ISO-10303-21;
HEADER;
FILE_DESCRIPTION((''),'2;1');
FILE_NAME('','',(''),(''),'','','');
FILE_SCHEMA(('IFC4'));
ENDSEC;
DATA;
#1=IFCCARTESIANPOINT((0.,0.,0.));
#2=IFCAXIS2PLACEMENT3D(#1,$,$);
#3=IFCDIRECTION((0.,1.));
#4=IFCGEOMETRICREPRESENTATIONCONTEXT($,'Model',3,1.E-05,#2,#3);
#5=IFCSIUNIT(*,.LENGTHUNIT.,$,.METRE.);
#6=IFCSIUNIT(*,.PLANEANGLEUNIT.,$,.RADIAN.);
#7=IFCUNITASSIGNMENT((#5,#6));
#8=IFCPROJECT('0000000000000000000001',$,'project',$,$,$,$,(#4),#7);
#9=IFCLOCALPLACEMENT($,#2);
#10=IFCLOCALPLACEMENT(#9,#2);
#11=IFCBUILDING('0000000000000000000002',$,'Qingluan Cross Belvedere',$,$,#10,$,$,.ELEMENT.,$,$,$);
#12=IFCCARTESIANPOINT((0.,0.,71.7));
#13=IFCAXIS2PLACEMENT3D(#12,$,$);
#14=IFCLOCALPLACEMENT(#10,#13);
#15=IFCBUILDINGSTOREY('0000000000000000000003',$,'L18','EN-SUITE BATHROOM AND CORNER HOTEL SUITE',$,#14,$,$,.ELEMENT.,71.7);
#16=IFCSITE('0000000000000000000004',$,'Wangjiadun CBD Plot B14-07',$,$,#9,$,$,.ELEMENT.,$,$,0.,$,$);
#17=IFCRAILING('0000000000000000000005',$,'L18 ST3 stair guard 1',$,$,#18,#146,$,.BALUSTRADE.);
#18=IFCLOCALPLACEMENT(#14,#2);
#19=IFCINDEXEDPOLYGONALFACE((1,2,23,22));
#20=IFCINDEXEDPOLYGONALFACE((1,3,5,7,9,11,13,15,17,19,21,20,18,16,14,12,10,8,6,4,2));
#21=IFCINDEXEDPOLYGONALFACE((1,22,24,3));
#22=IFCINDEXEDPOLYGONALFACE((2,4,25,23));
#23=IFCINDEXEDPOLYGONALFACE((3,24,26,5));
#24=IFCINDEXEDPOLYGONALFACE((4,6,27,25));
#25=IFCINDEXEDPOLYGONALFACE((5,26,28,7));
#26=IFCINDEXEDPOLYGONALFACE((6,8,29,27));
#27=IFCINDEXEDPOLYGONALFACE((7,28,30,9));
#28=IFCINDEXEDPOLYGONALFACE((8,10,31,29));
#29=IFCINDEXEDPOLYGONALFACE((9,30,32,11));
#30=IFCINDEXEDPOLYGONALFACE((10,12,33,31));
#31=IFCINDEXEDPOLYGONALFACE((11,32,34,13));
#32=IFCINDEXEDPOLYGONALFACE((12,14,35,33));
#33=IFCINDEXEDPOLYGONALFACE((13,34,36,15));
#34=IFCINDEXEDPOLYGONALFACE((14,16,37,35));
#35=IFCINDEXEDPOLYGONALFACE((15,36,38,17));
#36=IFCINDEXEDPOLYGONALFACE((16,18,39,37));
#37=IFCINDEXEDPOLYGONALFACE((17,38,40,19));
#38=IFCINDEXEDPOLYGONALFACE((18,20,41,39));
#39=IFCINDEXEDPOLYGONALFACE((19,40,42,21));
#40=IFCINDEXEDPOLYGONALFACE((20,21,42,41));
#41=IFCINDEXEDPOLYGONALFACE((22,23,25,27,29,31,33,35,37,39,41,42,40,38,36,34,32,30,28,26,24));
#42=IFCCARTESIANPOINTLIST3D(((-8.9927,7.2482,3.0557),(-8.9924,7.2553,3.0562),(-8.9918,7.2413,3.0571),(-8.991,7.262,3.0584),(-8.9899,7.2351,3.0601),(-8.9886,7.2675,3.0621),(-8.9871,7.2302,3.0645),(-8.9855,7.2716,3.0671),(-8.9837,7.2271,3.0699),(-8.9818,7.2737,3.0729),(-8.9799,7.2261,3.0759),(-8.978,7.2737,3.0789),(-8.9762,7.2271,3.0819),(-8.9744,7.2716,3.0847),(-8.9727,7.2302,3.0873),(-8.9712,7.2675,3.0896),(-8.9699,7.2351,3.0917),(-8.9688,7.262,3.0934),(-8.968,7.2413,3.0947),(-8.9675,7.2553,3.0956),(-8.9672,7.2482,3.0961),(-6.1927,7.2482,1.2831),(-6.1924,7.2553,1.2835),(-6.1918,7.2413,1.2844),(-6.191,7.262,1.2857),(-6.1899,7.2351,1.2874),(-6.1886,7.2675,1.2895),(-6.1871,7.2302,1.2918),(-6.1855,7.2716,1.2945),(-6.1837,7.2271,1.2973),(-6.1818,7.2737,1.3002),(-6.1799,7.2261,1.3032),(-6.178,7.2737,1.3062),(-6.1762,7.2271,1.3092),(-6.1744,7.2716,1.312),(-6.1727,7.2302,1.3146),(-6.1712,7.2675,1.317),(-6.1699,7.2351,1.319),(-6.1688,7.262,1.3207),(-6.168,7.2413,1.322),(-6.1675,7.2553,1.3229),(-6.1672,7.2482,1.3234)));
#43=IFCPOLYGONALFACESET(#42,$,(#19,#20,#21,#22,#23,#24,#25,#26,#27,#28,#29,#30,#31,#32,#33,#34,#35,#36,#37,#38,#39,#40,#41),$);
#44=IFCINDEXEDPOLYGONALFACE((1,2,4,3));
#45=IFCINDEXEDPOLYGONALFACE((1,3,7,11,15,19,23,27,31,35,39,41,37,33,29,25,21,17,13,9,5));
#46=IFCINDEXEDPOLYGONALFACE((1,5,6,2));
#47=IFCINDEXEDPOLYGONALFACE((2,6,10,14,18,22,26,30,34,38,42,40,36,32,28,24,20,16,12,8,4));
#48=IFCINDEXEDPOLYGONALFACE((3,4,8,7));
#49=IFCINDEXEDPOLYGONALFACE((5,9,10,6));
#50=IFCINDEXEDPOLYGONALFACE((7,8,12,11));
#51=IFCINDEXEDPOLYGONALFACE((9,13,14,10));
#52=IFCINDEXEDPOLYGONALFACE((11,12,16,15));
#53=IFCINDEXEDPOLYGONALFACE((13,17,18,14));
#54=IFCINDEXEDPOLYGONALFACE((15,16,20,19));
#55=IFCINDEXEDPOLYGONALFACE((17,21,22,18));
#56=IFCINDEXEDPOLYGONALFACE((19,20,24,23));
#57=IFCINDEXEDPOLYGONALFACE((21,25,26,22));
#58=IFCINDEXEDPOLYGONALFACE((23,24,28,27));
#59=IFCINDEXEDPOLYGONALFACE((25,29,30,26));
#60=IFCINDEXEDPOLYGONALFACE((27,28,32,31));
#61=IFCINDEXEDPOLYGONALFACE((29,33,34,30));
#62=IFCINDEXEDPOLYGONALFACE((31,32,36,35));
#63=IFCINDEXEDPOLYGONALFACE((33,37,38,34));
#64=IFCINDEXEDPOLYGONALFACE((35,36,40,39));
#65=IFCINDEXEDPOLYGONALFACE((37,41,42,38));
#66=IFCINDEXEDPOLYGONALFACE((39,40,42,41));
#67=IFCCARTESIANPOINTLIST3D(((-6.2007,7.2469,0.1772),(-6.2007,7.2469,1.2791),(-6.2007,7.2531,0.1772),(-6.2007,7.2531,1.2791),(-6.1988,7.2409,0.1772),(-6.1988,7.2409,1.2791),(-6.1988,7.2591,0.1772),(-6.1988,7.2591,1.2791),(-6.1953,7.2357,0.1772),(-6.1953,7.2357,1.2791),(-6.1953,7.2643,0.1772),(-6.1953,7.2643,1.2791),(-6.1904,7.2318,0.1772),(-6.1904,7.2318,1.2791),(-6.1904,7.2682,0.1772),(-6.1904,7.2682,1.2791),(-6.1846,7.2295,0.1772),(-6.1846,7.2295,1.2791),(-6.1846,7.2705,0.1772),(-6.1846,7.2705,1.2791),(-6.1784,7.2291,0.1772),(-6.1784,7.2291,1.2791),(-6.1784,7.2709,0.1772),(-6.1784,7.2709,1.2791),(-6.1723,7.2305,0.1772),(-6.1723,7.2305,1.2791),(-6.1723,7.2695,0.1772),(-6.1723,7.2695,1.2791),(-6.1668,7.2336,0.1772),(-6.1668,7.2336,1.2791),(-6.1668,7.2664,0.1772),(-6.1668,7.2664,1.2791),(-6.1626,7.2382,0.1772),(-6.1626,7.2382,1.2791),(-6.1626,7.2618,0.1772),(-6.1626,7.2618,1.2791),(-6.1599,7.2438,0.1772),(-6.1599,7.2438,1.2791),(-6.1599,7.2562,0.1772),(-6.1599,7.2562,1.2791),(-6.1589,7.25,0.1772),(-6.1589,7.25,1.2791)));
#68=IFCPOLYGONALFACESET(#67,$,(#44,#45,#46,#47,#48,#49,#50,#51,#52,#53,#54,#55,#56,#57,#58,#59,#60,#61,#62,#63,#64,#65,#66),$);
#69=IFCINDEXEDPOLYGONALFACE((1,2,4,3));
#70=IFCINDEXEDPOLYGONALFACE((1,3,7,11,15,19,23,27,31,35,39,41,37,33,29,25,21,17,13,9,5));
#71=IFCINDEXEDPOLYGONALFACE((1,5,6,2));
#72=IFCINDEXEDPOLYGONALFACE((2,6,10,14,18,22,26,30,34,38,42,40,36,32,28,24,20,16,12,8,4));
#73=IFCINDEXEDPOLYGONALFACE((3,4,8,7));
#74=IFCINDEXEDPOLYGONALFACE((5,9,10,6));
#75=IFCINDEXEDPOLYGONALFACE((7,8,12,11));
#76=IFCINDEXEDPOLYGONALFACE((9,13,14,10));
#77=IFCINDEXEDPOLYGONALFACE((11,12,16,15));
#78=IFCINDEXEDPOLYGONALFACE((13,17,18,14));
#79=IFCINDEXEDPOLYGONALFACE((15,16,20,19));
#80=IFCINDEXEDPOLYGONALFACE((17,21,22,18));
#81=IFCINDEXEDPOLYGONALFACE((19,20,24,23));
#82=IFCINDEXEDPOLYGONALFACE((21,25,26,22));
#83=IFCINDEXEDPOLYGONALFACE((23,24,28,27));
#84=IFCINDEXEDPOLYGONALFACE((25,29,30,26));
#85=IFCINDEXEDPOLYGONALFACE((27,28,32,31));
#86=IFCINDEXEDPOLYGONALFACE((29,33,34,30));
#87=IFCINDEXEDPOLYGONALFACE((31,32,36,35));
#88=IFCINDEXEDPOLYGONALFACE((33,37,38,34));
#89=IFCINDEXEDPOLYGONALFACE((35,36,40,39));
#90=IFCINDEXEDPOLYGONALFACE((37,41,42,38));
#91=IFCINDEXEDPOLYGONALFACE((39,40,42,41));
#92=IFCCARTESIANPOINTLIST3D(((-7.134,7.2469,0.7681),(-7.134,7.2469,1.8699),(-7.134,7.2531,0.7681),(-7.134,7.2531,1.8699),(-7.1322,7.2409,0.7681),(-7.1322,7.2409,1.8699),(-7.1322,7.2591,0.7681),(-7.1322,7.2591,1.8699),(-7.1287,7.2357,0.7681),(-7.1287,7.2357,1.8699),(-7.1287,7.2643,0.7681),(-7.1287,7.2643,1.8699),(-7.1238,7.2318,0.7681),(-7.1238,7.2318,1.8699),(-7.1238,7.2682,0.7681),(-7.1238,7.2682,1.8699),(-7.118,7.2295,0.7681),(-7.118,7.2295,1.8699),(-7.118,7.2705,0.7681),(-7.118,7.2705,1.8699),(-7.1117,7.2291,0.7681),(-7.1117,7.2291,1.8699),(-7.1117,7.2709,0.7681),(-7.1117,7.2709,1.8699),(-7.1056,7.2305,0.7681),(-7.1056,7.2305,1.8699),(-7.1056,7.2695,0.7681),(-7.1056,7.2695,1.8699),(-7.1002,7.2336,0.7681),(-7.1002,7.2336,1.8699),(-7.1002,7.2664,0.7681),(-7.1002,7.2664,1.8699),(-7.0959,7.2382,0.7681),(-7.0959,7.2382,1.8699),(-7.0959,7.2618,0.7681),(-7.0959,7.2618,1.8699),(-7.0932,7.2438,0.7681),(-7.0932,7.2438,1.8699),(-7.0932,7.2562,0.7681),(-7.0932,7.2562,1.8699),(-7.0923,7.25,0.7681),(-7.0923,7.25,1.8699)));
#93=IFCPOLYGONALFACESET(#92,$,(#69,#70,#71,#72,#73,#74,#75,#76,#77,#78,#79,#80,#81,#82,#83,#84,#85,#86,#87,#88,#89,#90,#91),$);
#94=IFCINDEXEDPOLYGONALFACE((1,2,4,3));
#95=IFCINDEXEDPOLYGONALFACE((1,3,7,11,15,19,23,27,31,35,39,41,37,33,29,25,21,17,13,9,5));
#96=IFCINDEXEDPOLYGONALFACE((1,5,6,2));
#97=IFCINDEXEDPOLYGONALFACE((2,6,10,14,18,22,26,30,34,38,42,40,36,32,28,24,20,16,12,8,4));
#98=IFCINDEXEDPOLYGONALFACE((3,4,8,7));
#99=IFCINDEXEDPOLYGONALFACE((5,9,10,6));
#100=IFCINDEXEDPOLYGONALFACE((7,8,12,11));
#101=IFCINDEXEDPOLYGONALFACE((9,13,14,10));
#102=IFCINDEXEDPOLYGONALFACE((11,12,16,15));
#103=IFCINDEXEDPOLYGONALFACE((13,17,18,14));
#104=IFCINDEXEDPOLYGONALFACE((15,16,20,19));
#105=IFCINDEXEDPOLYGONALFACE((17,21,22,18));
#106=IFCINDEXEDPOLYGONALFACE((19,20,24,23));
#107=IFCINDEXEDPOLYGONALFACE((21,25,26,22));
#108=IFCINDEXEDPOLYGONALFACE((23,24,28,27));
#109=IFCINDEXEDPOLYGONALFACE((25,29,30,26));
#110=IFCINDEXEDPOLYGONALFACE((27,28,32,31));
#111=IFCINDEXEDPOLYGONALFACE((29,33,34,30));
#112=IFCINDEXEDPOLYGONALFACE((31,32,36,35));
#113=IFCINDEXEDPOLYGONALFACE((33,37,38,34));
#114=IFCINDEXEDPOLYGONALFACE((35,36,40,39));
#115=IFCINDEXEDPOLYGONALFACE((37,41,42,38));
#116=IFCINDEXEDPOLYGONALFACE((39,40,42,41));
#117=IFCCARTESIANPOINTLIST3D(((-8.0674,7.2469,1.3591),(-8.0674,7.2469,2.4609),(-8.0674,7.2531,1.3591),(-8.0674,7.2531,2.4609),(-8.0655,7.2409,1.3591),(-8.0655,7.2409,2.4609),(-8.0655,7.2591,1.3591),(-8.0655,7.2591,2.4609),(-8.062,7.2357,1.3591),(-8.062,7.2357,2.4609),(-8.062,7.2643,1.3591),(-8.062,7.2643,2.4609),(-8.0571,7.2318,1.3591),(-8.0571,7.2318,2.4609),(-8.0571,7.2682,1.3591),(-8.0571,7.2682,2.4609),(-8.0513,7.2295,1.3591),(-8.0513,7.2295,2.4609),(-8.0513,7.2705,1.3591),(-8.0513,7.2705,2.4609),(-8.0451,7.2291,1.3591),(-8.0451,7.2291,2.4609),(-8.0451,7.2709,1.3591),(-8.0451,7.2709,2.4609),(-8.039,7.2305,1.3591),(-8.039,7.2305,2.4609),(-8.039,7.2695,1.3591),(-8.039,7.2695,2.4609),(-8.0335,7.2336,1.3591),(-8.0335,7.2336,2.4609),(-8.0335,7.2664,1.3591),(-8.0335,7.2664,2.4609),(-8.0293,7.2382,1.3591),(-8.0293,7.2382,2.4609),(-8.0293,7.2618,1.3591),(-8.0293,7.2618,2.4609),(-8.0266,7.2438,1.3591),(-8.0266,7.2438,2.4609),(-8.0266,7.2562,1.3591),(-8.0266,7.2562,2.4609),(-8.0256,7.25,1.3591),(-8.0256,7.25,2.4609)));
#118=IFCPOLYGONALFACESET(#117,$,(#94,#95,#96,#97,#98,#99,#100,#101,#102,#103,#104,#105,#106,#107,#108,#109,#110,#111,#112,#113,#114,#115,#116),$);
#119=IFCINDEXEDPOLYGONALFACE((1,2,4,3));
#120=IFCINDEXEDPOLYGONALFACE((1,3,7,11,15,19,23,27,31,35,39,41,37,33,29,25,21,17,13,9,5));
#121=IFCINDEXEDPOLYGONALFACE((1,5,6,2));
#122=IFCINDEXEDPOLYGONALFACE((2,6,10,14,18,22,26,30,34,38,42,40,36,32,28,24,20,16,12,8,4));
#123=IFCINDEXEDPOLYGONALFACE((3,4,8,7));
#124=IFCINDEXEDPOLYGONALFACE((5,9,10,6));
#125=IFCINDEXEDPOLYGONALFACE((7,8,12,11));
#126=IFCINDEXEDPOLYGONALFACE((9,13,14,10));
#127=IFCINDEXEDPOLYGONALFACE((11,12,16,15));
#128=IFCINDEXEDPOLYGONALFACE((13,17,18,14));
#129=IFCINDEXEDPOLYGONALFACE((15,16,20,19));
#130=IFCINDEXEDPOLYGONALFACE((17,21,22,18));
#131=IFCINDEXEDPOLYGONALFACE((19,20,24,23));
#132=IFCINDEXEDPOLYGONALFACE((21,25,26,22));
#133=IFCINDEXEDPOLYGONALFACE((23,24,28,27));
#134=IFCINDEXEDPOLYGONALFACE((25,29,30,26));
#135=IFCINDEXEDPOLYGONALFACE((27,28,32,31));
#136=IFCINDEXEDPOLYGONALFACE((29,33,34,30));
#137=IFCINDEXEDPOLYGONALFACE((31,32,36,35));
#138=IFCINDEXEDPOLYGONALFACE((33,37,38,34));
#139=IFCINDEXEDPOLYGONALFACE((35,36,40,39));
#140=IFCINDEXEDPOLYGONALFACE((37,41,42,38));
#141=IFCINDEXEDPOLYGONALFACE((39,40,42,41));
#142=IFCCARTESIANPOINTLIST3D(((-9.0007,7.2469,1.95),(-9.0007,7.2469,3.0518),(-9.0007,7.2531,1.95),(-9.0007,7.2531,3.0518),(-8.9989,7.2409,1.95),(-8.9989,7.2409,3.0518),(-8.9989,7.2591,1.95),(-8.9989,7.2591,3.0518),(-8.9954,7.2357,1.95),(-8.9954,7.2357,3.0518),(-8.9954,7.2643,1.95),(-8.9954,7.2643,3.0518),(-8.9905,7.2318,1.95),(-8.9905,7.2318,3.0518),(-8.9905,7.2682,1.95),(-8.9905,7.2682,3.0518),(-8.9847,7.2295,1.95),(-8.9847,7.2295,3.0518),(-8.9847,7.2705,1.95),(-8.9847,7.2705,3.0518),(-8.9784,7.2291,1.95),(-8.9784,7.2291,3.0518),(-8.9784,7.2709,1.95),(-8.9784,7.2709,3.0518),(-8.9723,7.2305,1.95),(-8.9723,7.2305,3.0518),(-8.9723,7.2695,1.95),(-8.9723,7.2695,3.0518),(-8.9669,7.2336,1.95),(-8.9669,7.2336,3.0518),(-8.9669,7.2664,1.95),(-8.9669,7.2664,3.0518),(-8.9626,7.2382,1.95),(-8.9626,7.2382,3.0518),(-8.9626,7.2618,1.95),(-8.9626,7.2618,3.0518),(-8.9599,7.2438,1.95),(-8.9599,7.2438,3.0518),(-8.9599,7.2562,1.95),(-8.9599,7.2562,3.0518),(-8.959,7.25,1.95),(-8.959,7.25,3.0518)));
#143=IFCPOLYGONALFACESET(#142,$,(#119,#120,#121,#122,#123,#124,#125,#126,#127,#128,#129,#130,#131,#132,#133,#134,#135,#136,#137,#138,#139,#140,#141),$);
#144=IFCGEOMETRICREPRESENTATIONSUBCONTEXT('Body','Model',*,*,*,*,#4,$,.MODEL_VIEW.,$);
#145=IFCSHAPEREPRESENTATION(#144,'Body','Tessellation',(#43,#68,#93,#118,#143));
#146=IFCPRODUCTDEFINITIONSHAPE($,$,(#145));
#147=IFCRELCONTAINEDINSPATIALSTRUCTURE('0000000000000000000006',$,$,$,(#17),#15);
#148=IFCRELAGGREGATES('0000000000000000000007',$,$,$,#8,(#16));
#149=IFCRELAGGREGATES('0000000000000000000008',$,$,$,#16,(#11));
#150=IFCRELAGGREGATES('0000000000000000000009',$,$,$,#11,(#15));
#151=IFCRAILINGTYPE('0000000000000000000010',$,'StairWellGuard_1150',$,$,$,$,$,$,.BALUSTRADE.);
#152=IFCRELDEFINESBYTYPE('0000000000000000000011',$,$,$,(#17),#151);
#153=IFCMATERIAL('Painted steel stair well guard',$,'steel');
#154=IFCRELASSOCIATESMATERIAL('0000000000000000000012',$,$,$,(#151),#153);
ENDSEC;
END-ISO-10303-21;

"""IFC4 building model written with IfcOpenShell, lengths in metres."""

from ifc_helpers import new_model, si_unit, direction, frame, origin, origin_2d, place, context, subcontext, project, spatial, circle, extrude, material, type_object, element, save


model = new_model("IFC4")

# Units and contexts
model_context = context("Model", 3, precision=1e-05, world=origin(), true_north=direction((0.0, 1.0)))
body_context = subcontext(model_context, "Body", "Model", "MODEL_VIEW")
ifc_project = project(units=[si_unit("LENGTHUNIT", "METRE"), si_unit("PLANEANGLEUNIT", "RADIAN")], contexts=[model_context])

# Site, building, storey
site_placement = place(None, origin())
site = spatial("IfcSite", under=ifc_project, at=site_placement, Name="Wangjiadun CBD Plot B14-07", CompositionType="ELEMENT", RefElevation=0.0)
building_placement = place(site_placement, origin())
building = spatial("IfcBuilding", under=site, at=building_placement, Name="Qingluan Cross Belvedere", CompositionType="ELEMENT")
storey_placement = place(building_placement, frame((0.0, 0.0, 71.7)))
storey = spatial("IfcBuildingStorey", under=building, at=storey_placement, Name="L18", Description="EN-SUITE BATHROOM AND CORNER HOTEL SUITE", CompositionType="ELEMENT", Elevation=71.7)

# Railing
ifc_material_1 = material(Name="Painted steel stair well guard", Category="steel")
railing_type_1 = type_object("IfcRailingType", Name="StairWellGuard_1150", PredefinedType="BALUSTRADE", material=ifc_material_1)
railing_1_placement = place(storey_placement, frame((-6.1799, 7.25, 0.1772)))
element("IfcRailing", 1, at=railing_1_placement, inside=storey, type_object=railing_type_1, Name="L18 ST3 stair guard 1", PredefinedType="BALUSTRADE", context=body_context, shape_type="SweptSolid", body=[
    extrude(circle(Radius=0.0239, at=origin_2d()), frame((0.0, 0.0, 1.126), z_axis=(-0.844909, 0.0, 0.53491), x_axis=(0.0, -1.0, 0.0)), (0.0, 0.0, 1.0), 3.314),
    extrude(circle(Radius=0.021, at=origin_2d()), origin(), (0.0, 0.0, 1.0), 1.1018),
    extrude(circle(Radius=0.021, at=origin_2d()), frame((-0.9333, 0.0, 0.5908)), (0.0, 0.0, 1.0), 1.1018),
    extrude(circle(Radius=0.021, at=origin_2d()), frame((-1.8667, 0.0, 1.1819)), (0.0, 0.0, 1.0), 1.1018),
    extrude(circle(Radius=0.021, at=origin_2d()), frame((-2.8, 0.0, 1.7727)), (0.0, 0.0, 1.0), 1.1018),
])

save(model, "model.ifc")
